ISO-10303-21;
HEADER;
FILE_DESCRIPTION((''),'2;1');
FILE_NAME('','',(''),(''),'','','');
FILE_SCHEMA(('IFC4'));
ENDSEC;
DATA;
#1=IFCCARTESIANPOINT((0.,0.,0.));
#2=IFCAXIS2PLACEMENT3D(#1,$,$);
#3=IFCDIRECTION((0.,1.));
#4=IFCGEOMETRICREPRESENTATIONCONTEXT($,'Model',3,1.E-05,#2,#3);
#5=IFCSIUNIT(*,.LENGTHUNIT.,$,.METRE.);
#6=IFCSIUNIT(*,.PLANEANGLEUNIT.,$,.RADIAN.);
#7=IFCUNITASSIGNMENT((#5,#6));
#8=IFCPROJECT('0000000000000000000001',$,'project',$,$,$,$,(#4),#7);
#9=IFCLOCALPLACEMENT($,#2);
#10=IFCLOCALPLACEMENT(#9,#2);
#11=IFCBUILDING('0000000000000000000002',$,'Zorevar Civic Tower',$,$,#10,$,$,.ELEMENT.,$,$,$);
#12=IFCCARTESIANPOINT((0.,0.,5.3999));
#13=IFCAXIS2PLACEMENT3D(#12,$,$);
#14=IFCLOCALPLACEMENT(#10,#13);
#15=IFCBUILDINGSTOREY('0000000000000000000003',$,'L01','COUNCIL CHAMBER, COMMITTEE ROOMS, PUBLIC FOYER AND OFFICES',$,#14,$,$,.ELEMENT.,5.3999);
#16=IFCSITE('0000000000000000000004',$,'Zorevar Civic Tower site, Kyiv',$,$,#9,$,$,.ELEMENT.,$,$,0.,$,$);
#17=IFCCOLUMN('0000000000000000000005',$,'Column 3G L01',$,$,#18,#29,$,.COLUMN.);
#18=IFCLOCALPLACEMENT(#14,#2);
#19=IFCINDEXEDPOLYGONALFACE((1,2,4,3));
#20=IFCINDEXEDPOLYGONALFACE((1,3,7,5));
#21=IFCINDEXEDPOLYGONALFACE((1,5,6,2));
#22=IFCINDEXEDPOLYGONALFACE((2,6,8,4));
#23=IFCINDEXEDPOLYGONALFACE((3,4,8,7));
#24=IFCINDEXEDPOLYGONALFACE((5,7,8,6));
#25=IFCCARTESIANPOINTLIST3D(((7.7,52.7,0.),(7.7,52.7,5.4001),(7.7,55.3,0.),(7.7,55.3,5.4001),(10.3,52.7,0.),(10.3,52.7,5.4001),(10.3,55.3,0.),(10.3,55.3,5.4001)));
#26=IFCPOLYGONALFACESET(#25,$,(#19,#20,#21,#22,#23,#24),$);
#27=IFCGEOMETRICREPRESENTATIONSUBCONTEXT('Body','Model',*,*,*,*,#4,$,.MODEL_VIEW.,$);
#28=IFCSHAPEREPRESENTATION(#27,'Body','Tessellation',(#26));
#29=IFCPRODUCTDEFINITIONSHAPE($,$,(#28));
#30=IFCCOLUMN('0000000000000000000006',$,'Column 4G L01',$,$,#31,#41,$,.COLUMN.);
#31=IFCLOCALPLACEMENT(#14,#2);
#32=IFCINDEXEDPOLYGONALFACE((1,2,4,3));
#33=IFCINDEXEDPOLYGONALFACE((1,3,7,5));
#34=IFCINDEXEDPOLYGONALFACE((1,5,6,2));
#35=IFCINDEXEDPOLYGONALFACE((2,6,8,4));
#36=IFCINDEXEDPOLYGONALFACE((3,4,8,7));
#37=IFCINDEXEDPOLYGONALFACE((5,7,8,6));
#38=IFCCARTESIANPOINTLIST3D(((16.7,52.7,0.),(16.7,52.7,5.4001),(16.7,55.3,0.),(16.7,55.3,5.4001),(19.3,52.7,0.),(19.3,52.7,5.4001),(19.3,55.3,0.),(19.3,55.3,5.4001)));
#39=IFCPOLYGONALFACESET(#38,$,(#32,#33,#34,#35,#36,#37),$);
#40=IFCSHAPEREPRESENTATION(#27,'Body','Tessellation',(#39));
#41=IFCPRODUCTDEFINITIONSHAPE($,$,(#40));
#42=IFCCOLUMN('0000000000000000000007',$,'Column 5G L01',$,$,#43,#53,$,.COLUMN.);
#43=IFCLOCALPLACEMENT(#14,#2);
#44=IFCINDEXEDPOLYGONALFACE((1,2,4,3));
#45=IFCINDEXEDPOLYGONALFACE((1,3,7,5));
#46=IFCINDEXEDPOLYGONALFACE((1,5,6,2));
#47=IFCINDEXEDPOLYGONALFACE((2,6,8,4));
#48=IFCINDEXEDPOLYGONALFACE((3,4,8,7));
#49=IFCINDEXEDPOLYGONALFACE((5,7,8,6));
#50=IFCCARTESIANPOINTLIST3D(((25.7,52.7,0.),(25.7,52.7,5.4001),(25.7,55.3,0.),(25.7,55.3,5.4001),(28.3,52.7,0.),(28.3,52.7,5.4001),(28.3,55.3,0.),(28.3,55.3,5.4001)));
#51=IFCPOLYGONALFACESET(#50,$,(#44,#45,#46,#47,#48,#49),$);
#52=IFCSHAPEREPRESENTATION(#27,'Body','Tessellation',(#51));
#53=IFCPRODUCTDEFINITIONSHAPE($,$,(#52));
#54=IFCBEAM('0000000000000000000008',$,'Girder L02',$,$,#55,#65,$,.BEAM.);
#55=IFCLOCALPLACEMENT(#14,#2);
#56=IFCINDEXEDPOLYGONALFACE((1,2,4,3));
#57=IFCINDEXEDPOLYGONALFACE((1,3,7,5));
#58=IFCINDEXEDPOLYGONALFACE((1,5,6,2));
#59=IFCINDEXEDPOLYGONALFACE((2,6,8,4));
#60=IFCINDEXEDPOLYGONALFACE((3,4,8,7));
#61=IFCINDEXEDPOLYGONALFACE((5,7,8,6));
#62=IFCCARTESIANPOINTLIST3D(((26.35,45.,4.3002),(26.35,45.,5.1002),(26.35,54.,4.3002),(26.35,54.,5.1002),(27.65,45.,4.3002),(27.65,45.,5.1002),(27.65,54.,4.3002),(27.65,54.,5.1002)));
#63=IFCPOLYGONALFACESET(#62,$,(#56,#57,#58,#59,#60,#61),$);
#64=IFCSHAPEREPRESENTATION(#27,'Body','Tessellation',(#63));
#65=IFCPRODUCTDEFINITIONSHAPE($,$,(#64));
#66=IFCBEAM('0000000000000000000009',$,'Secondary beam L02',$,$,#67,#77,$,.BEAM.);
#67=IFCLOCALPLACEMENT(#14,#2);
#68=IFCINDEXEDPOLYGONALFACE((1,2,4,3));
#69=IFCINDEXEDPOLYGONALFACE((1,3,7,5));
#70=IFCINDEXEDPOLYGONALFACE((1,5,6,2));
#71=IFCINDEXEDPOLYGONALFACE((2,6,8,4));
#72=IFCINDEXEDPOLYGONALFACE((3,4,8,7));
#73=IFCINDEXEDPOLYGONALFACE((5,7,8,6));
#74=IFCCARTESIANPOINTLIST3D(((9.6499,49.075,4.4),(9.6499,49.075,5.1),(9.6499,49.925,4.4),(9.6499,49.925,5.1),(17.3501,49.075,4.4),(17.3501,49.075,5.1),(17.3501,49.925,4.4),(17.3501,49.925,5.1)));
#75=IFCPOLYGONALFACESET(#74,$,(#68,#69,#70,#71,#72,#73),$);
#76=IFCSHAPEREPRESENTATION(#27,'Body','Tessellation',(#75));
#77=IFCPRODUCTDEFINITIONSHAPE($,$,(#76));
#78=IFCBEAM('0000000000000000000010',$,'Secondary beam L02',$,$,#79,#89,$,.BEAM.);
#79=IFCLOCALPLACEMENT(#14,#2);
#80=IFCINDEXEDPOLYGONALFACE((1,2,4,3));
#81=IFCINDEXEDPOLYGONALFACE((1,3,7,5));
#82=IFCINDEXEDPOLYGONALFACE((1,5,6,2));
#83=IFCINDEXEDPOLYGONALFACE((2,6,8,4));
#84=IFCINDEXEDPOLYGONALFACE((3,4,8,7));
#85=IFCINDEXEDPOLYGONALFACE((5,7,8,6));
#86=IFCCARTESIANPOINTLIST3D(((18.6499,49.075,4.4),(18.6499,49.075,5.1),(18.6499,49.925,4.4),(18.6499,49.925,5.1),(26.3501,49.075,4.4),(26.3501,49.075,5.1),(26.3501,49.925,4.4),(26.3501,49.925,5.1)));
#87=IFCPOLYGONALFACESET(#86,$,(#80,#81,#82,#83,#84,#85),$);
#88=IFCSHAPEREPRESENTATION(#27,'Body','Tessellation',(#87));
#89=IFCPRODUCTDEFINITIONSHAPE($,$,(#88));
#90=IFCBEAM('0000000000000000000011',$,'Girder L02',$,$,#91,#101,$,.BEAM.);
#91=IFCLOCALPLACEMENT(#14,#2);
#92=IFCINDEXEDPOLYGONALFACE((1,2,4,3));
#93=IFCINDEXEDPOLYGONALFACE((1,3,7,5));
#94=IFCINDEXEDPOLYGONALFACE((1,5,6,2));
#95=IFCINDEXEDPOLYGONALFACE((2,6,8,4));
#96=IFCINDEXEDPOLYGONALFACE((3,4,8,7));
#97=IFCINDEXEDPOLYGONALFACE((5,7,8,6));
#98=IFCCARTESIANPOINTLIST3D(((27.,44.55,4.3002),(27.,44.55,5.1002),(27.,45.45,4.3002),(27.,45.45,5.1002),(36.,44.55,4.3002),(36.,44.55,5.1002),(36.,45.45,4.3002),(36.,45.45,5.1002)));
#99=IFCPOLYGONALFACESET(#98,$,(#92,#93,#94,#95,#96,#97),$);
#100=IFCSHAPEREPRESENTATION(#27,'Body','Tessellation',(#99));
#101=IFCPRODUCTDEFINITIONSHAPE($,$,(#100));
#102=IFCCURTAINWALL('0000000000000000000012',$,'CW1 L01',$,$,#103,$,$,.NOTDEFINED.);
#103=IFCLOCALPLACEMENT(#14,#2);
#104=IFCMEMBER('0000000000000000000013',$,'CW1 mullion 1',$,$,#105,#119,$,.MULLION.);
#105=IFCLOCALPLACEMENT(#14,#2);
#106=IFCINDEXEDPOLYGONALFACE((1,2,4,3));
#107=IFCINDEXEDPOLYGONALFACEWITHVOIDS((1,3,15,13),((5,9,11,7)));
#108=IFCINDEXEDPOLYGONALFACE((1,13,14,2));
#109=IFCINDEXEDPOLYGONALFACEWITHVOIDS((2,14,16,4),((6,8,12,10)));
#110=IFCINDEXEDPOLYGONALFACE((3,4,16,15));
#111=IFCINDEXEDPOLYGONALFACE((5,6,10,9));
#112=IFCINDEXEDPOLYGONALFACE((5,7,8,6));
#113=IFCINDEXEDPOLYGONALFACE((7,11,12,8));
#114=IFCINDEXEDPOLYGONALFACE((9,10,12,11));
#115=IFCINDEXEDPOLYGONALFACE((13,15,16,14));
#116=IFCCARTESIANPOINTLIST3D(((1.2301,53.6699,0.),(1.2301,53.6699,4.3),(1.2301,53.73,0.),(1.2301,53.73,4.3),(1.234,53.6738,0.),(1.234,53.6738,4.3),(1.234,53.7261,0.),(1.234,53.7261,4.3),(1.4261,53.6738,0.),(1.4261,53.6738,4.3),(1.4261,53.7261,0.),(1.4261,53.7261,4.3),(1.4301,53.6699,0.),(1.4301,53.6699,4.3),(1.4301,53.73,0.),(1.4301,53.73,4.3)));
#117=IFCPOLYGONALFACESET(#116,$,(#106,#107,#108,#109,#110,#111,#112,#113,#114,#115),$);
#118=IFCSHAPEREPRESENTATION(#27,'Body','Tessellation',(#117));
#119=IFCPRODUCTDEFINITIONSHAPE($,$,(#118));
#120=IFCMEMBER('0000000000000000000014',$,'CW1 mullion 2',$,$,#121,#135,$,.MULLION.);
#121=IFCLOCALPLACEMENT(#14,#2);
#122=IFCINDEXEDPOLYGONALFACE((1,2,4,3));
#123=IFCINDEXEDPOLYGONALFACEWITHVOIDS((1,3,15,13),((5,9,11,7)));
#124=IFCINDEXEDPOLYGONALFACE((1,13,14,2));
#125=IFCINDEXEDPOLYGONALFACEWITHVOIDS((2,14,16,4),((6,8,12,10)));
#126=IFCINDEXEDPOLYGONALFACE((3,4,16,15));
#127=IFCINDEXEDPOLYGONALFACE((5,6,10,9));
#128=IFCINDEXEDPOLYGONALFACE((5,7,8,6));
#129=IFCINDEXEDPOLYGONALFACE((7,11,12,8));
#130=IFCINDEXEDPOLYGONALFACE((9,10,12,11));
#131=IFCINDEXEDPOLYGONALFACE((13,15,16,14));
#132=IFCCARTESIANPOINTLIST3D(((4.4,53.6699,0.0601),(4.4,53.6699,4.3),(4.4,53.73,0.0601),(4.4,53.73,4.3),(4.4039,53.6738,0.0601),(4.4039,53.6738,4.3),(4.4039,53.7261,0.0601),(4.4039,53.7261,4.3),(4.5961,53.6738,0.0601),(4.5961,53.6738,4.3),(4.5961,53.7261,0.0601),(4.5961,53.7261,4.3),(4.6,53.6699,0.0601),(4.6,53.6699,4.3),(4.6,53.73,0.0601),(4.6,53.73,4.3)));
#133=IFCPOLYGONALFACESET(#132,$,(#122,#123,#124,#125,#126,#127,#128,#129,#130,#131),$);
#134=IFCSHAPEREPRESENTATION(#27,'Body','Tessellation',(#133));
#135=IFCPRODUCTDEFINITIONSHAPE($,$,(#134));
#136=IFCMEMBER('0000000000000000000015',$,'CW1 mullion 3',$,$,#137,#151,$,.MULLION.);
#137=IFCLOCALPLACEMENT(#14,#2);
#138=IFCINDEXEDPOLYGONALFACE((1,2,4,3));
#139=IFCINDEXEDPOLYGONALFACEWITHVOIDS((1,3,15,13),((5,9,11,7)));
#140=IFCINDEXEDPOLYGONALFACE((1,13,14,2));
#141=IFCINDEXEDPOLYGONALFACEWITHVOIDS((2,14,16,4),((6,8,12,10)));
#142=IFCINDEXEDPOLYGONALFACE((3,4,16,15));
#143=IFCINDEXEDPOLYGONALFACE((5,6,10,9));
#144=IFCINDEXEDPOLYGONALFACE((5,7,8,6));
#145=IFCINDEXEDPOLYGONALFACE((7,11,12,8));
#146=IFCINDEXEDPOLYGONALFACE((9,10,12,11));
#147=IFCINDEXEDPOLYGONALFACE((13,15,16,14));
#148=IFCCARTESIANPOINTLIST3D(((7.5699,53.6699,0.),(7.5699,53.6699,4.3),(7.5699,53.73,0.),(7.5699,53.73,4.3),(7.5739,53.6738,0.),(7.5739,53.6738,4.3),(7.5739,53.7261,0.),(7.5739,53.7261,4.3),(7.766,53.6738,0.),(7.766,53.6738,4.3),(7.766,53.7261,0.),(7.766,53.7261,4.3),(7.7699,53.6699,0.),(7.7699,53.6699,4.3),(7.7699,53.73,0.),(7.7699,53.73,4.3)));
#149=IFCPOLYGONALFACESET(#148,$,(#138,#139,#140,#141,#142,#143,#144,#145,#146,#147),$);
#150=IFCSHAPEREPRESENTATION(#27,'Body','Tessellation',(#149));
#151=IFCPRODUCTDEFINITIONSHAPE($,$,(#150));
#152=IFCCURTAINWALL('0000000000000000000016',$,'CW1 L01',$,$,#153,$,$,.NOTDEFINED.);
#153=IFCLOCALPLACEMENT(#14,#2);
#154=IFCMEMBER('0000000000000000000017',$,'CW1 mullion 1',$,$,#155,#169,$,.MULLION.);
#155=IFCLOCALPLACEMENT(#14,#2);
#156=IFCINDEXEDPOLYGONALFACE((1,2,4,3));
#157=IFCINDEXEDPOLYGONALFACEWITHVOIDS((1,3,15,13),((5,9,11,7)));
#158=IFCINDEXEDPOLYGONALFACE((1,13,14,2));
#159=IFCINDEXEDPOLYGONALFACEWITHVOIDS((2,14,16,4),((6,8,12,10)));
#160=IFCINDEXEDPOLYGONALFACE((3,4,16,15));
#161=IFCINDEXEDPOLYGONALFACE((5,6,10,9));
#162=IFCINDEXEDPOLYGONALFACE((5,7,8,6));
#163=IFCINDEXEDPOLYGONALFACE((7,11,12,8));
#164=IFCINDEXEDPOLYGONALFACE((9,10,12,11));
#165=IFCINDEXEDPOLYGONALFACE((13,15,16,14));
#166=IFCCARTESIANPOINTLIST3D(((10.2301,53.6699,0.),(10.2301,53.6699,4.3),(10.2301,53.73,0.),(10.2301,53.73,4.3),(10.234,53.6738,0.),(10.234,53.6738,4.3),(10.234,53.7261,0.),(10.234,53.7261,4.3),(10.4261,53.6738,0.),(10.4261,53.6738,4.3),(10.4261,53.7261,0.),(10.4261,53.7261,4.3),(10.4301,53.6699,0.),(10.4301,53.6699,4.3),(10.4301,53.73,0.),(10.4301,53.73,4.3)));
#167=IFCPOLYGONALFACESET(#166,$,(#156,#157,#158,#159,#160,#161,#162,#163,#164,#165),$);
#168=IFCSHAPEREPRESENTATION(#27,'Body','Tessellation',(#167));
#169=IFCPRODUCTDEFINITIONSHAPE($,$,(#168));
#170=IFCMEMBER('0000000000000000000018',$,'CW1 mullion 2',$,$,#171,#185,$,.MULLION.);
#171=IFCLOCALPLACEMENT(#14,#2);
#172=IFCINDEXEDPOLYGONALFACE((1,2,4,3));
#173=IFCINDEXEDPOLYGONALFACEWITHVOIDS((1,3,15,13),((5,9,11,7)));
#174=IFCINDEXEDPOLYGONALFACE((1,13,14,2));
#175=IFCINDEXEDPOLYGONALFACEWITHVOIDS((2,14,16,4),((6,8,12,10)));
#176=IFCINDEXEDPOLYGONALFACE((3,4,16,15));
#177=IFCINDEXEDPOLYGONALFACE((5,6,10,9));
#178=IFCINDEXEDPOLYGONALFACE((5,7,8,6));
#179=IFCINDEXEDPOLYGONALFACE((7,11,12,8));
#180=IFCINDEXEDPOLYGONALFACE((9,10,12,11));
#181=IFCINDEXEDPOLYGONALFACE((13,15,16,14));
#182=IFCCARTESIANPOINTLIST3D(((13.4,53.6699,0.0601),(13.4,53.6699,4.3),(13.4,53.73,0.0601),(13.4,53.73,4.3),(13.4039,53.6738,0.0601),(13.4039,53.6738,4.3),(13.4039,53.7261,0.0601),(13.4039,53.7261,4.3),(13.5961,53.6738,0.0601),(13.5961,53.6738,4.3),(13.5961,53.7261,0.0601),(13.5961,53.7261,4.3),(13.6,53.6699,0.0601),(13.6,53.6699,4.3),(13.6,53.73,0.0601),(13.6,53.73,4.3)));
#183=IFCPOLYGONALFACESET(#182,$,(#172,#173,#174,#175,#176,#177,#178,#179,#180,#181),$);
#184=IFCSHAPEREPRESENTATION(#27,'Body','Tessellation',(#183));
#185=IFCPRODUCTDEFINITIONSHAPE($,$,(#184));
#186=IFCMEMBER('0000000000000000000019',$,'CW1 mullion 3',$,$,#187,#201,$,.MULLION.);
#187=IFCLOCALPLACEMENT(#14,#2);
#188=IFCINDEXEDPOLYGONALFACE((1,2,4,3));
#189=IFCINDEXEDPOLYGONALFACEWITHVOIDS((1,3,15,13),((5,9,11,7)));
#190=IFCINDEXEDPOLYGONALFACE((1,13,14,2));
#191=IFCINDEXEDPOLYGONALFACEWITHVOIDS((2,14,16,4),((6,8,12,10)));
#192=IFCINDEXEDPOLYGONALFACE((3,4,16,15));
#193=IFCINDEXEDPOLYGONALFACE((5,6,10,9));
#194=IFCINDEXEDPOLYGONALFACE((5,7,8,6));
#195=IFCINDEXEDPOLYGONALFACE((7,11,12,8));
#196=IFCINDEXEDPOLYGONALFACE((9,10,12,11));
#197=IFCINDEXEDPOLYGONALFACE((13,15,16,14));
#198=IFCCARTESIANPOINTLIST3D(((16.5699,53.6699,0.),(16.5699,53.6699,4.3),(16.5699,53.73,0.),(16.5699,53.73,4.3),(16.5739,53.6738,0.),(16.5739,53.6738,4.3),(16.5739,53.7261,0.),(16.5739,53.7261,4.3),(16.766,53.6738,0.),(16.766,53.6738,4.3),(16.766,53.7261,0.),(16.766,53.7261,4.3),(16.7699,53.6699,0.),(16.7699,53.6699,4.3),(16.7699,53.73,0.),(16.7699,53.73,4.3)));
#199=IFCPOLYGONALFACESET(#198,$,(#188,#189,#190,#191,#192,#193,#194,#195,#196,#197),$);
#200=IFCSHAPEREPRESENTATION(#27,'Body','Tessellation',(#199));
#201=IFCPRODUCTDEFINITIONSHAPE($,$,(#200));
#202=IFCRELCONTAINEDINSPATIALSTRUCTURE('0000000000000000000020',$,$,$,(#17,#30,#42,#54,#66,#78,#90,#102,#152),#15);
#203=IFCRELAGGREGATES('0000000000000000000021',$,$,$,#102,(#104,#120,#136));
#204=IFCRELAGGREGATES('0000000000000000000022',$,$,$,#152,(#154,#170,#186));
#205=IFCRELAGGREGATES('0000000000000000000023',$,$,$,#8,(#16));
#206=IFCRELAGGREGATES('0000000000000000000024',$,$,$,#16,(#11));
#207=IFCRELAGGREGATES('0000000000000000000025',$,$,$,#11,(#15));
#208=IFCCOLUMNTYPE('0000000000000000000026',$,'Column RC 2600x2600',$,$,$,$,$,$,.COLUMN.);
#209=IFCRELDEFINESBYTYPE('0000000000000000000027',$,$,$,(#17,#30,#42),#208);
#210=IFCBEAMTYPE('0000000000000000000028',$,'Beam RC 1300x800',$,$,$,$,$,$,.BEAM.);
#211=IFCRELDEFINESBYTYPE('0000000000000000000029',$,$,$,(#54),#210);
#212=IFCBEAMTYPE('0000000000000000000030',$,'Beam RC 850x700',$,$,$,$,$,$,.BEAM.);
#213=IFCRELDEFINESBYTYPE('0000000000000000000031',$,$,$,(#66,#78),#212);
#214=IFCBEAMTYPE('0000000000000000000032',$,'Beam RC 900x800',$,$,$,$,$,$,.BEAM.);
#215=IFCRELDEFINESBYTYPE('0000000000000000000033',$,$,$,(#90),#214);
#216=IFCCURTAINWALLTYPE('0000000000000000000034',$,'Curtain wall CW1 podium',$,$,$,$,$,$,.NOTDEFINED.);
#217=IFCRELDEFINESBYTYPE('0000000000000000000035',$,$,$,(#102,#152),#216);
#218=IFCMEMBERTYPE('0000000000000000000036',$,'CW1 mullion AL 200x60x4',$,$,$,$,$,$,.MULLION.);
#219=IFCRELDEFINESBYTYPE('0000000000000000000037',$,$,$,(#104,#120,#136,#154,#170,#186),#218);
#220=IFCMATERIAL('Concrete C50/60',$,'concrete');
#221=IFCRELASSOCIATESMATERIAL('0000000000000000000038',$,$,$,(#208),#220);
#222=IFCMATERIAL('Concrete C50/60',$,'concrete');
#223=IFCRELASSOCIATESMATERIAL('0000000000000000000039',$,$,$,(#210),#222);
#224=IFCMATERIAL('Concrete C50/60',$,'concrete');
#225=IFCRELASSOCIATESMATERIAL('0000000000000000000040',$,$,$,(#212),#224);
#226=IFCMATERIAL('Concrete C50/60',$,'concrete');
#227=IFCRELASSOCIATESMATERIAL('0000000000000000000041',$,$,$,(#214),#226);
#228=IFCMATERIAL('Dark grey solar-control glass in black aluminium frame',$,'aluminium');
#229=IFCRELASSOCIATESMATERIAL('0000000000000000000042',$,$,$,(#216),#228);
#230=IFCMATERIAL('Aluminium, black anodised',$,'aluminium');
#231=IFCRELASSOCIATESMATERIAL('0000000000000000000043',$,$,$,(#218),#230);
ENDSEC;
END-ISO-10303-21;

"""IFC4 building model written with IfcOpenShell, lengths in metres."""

from ifc_helpers import new_model, si_unit, direction, frame, origin, origin_2d, place, context, subcontext, project, spatial, rectangle, hollow_rectangle, extrude, material, material_profile, profile_set, type_object, element, aggregate, save


model = new_model("IFC4")

# Units and contexts
model_context = context("Model", 3, precision=1e-05, world=origin(), true_north=direction((0.0, 1.0)))
body_context = subcontext(model_context, "Body", "Model", "MODEL_VIEW")
ifc_project = project(units=[si_unit("LENGTHUNIT", "METRE"), si_unit("PLANEANGLEUNIT", "RADIAN")], contexts=[model_context])

# Site, building, storey
site_placement = place(None, origin())
site = spatial("IfcSite", under=ifc_project, at=site_placement, Name="Zorevar Civic Tower site, Kyiv", CompositionType="ELEMENT", RefElevation=0.0)
building_placement = place(site_placement, origin())
building = spatial("IfcBuilding", under=site, at=building_placement, Name="Zorevar Civic Tower", CompositionType="ELEMENT")
storey_placement = place(building_placement, frame((0.0, 0.0, 5.3999)))
storey = spatial("IfcBuildingStorey", under=building, at=storey_placement, Name="L01", Description="COUNCIL CHAMBER, COMMITTEE ROOMS, PUBLIC FOYER AND OFFICES", CompositionType="ELEMENT", Elevation=5.3999)

# Columns
ifc_material_1 = material(Name="Concrete C50/60", Category="concrete")
ifc_material_profile_1 = material_profile(ifc_material_1, rectangle(XDim=2.6001, YDim=2.6001, at=origin_2d()), Name="RC 2600x2600")
ifc_profile_set_1 = profile_set([ifc_material_profile_1], Name="Concrete C50/60")
column_type = type_object("IfcColumnType", Name="Column RC 2600x2600", PredefinedType="COLUMN", material=ifc_profile_set_1)
for number, where, z_axis, x_axis, name in (
    (1, (9.0, 54.0, 0.0), (0.0, 0.0, 1.0), (1.0, 0.0, 0.0), "Column 3G L01"),
    (2, (18.0, 54.0, 0.0), (0.0, 0.0, 1.0), (1.0, 0.0, 0.0), "Column 4G L01"),
    (3, (27.0, 54.0, 0.0), (0.0, 0.0, 1.0), (1.0, 0.0, 0.0), "Column 5G L01"),
):
    element("IfcColumn", number, at=place(storey_placement, frame(where, z_axis=z_axis, x_axis=x_axis)), inside=storey, type_object=column_type, Name=name, PredefinedType="COLUMN", context=body_context, shape_type="SweptSolid", body=[
        extrude(rectangle(XDim=2.6001, YDim=2.6001, at=origin_2d()), origin(), (0.0, 0.0, 1.0), 5.4001),
    ])

# Beams
ifc_material_2 = material(Name="Concrete C50/60", Category="concrete")
ifc_material_profile_2 = material_profile(ifc_material_2, rectangle(XDim=1.3, YDim=0.8, at=origin_2d()), Name="RC 1300x800")
ifc_profile_set_2 = profile_set([ifc_material_profile_2], Name="Concrete C50/60")
beam_type_1 = type_object("IfcBeamType", Name="Beam RC 1300x800", PredefinedType="BEAM", material=ifc_profile_set_2)
beam_1_placement = place(storey_placement, frame((27.0, 45.0, 4.7002), z_axis=(0.0, 1.0, 0.0), x_axis=(-1.0, 0.0, 0.0)))
element("IfcBeam", 4, at=beam_1_placement, inside=storey, type_object=beam_type_1, Name="Girder L02", PredefinedType="BEAM", context=body_context, shape_type="SweptSolid", body=[
    extrude(rectangle(XDim=1.3, YDim=0.8, at=origin_2d()), origin(), (0.0, 0.0, 1.0), 9.0),
])
ifc_material_3 = material(Name="Concrete C50/60", Category="concrete")
ifc_material_profile_3 = material_profile(ifc_material_3, rectangle(XDim=0.8501, YDim=0.7, at=origin_2d()), Name="RC 850x700")
ifc_profile_set_3 = profile_set([ifc_material_profile_3], Name="Concrete C50/60")
beam_type_2 = type_object("IfcBeamType", Name="Beam RC 850x700", PredefinedType="BEAM", material=ifc_profile_set_3)
for number, where, z_axis, x_axis, name in (
    (5, (9.6499, 49.5, 4.75), (1.0, 0.0, 0.0), (0.0, 1.0, 0.0), "Secondary beam L02"),
    (6, (18.6499, 49.5, 4.75), (1.0, 0.0, 0.0), (0.0, 1.0, 0.0), "Secondary beam L02"),
):
    element("IfcBeam", number, at=place(storey_placement, frame(where, z_axis=z_axis, x_axis=x_axis)), inside=storey, type_object=beam_type_2, Name=name, PredefinedType="BEAM", context=body_context, shape_type="SweptSolid", body=[
        extrude(rectangle(XDim=0.8501, YDim=0.7, at=origin_2d()), origin(), (0.0, 0.0, 1.0), 7.7002),
    ])
ifc_material_4 = material(Name="Concrete C50/60", Category="concrete")
ifc_material_profile_4 = material_profile(ifc_material_4, rectangle(XDim=0.8999, YDim=0.8, at=origin_2d()), Name="RC 900x800")
ifc_profile_set_4 = profile_set([ifc_material_profile_4], Name="Concrete C50/60")
beam_type_3 = type_object("IfcBeamType", Name="Beam RC 900x800", PredefinedType="BEAM", material=ifc_profile_set_4)
beam_2_placement = place(storey_placement, frame((27.0, 45.0, 4.7002), z_axis=(1.0, 0.0, 0.0), x_axis=(0.0, 1.0, 0.0)))
element("IfcBeam", 7, at=beam_2_placement, inside=storey, type_object=beam_type_3, Name="Girder L02", PredefinedType="BEAM", context=body_context, shape_type="SweptSolid", body=[
    extrude(rectangle(XDim=0.8999, YDim=0.8, at=origin_2d()), origin(), (0.0, 0.0, 1.0), 9.0),
])

# Curtain walls, members
ifc_material_5 = material(Name="Dark grey solar-control glass in black aluminium frame", Category="aluminium")
curtain_wall_type = type_object("IfcCurtainWallType", Name="Curtain wall CW1 podium", PredefinedType="NOTDEFINED", material=ifc_material_5)
curtain_wall_1_placement = place(storey_placement, origin())
curtain_wall_1 = element("IfcCurtainWall", 8, at=curtain_wall_1_placement, inside=storey, type_object=curtain_wall_type, Name="CW1 L01", PredefinedType="NOTDEFINED")
ifc_material_6 = material(Name="Aluminium, black anodised", Category="aluminium")
ifc_material_profile_5 = material_profile(ifc_material_6, hollow_rectangle(XDim=0.0601, YDim=0.2, WallThickness=0.0039, at=origin_2d()), Name="AL 200x60x4")
ifc_profile_set_5 = profile_set([ifc_material_profile_5], Name="Aluminium, black anodised")
member_type_1 = type_object("IfcMemberType", Name="CW1 mullion AL 200x60x4", PredefinedType="MULLION", material=ifc_profile_set_5)
member_1_placement = place(storey_placement, frame((1.3301, 53.7, 0.0), z_axis=(0.0, 0.0, 1.0), x_axis=(0.0, 1.0, 0.0)))
member_1 = element("IfcMember", 9, at=member_1_placement, type_object=member_type_1, Name="CW1 mullion 1", PredefinedType="MULLION", context=body_context, shape_type="SweptSolid", body=[
    extrude(hollow_rectangle(XDim=0.0601, YDim=0.2, WallThickness=0.0039, at=origin_2d()), origin(), (0.0, 0.0, 1.0), 4.3),
])
member_2_placement = place(storey_placement, frame((4.5, 53.7, 0.0601), z_axis=(0.0, 0.0, 1.0), x_axis=(0.0, 1.0, 0.0)))
member_2 = element("IfcMember", 10, at=member_2_placement, type_object=member_type_1, Name="CW1 mullion 2", PredefinedType="MULLION", context=body_context, shape_type="SweptSolid", body=[
    extrude(hollow_rectangle(XDim=0.0601, YDim=0.2, WallThickness=0.0039, at=origin_2d()), origin(), (0.0, 0.0, 1.0), 4.24),
])
member_3_placement = place(storey_placement, frame((7.6699, 53.7, 0.0), z_axis=(0.0, 0.0, 1.0), x_axis=(0.0, 1.0, 0.0)))
member_3 = element("IfcMember", 11, at=member_3_placement, type_object=member_type_1, Name="CW1 mullion 3", PredefinedType="MULLION", context=body_context, shape_type="SweptSolid", body=[
    extrude(hollow_rectangle(XDim=0.0601, YDim=0.2, WallThickness=0.0039, at=origin_2d()), origin(), (0.0, 0.0, 1.0), 4.3),
])
curtain_wall_2_placement = place(storey_placement, origin())
curtain_wall_2 = element("IfcCurtainWall", 12, at=curtain_wall_2_placement, inside=storey, type_object=curtain_wall_type, Name="CW1 L01", PredefinedType="NOTDEFINED")
member_4_placement = place(storey_placement, frame((10.3301, 53.7, 0.0), z_axis=(0.0, 0.0, 1.0), x_axis=(0.0, 1.0, 0.0)))
member_4 = element("IfcMember", 13, at=member_4_placement, type_object=member_type_1, Name="CW1 mullion 1", PredefinedType="MULLION", context=body_context, shape_type="SweptSolid", body=[
    extrude(hollow_rectangle(XDim=0.0601, YDim=0.2, WallThickness=0.0039, at=origin_2d()), origin(), (0.0, 0.0, 1.0), 4.3),
])
member_5_placement = place(storey_placement, frame((13.5, 53.7, 0.0601), z_axis=(0.0, 0.0, 1.0), x_axis=(0.0, 1.0, 0.0)))
member_5 = element("IfcMember", 14, at=member_5_placement, type_object=member_type_1, Name="CW1 mullion 2", PredefinedType="MULLION", context=body_context, shape_type="SweptSolid", body=[
    extrude(hollow_rectangle(XDim=0.0601, YDim=0.2, WallThickness=0.0039, at=origin_2d()), origin(), (0.0, 0.0, 1.0), 4.24),
])
member_6_placement = place(storey_placement, frame((16.6699, 53.7, 0.0), z_axis=(0.0, 0.0, 1.0), x_axis=(0.0, 1.0, 0.0)))
member_6 = element("IfcMember", 15, at=member_6_placement, type_object=member_type_1, Name="CW1 mullion 3", PredefinedType="MULLION", context=body_context, shape_type="SweptSolid", body=[
    extrude(hollow_rectangle(XDim=0.0601, YDim=0.2, WallThickness=0.0039, at=origin_2d()), origin(), (0.0, 0.0, 1.0), 4.3),
])

aggregate(curtain_wall_1, [member_1, member_2, member_3])
aggregate(curtain_wall_2, [member_4, member_5, member_6])

save(model, "model.ifc")
